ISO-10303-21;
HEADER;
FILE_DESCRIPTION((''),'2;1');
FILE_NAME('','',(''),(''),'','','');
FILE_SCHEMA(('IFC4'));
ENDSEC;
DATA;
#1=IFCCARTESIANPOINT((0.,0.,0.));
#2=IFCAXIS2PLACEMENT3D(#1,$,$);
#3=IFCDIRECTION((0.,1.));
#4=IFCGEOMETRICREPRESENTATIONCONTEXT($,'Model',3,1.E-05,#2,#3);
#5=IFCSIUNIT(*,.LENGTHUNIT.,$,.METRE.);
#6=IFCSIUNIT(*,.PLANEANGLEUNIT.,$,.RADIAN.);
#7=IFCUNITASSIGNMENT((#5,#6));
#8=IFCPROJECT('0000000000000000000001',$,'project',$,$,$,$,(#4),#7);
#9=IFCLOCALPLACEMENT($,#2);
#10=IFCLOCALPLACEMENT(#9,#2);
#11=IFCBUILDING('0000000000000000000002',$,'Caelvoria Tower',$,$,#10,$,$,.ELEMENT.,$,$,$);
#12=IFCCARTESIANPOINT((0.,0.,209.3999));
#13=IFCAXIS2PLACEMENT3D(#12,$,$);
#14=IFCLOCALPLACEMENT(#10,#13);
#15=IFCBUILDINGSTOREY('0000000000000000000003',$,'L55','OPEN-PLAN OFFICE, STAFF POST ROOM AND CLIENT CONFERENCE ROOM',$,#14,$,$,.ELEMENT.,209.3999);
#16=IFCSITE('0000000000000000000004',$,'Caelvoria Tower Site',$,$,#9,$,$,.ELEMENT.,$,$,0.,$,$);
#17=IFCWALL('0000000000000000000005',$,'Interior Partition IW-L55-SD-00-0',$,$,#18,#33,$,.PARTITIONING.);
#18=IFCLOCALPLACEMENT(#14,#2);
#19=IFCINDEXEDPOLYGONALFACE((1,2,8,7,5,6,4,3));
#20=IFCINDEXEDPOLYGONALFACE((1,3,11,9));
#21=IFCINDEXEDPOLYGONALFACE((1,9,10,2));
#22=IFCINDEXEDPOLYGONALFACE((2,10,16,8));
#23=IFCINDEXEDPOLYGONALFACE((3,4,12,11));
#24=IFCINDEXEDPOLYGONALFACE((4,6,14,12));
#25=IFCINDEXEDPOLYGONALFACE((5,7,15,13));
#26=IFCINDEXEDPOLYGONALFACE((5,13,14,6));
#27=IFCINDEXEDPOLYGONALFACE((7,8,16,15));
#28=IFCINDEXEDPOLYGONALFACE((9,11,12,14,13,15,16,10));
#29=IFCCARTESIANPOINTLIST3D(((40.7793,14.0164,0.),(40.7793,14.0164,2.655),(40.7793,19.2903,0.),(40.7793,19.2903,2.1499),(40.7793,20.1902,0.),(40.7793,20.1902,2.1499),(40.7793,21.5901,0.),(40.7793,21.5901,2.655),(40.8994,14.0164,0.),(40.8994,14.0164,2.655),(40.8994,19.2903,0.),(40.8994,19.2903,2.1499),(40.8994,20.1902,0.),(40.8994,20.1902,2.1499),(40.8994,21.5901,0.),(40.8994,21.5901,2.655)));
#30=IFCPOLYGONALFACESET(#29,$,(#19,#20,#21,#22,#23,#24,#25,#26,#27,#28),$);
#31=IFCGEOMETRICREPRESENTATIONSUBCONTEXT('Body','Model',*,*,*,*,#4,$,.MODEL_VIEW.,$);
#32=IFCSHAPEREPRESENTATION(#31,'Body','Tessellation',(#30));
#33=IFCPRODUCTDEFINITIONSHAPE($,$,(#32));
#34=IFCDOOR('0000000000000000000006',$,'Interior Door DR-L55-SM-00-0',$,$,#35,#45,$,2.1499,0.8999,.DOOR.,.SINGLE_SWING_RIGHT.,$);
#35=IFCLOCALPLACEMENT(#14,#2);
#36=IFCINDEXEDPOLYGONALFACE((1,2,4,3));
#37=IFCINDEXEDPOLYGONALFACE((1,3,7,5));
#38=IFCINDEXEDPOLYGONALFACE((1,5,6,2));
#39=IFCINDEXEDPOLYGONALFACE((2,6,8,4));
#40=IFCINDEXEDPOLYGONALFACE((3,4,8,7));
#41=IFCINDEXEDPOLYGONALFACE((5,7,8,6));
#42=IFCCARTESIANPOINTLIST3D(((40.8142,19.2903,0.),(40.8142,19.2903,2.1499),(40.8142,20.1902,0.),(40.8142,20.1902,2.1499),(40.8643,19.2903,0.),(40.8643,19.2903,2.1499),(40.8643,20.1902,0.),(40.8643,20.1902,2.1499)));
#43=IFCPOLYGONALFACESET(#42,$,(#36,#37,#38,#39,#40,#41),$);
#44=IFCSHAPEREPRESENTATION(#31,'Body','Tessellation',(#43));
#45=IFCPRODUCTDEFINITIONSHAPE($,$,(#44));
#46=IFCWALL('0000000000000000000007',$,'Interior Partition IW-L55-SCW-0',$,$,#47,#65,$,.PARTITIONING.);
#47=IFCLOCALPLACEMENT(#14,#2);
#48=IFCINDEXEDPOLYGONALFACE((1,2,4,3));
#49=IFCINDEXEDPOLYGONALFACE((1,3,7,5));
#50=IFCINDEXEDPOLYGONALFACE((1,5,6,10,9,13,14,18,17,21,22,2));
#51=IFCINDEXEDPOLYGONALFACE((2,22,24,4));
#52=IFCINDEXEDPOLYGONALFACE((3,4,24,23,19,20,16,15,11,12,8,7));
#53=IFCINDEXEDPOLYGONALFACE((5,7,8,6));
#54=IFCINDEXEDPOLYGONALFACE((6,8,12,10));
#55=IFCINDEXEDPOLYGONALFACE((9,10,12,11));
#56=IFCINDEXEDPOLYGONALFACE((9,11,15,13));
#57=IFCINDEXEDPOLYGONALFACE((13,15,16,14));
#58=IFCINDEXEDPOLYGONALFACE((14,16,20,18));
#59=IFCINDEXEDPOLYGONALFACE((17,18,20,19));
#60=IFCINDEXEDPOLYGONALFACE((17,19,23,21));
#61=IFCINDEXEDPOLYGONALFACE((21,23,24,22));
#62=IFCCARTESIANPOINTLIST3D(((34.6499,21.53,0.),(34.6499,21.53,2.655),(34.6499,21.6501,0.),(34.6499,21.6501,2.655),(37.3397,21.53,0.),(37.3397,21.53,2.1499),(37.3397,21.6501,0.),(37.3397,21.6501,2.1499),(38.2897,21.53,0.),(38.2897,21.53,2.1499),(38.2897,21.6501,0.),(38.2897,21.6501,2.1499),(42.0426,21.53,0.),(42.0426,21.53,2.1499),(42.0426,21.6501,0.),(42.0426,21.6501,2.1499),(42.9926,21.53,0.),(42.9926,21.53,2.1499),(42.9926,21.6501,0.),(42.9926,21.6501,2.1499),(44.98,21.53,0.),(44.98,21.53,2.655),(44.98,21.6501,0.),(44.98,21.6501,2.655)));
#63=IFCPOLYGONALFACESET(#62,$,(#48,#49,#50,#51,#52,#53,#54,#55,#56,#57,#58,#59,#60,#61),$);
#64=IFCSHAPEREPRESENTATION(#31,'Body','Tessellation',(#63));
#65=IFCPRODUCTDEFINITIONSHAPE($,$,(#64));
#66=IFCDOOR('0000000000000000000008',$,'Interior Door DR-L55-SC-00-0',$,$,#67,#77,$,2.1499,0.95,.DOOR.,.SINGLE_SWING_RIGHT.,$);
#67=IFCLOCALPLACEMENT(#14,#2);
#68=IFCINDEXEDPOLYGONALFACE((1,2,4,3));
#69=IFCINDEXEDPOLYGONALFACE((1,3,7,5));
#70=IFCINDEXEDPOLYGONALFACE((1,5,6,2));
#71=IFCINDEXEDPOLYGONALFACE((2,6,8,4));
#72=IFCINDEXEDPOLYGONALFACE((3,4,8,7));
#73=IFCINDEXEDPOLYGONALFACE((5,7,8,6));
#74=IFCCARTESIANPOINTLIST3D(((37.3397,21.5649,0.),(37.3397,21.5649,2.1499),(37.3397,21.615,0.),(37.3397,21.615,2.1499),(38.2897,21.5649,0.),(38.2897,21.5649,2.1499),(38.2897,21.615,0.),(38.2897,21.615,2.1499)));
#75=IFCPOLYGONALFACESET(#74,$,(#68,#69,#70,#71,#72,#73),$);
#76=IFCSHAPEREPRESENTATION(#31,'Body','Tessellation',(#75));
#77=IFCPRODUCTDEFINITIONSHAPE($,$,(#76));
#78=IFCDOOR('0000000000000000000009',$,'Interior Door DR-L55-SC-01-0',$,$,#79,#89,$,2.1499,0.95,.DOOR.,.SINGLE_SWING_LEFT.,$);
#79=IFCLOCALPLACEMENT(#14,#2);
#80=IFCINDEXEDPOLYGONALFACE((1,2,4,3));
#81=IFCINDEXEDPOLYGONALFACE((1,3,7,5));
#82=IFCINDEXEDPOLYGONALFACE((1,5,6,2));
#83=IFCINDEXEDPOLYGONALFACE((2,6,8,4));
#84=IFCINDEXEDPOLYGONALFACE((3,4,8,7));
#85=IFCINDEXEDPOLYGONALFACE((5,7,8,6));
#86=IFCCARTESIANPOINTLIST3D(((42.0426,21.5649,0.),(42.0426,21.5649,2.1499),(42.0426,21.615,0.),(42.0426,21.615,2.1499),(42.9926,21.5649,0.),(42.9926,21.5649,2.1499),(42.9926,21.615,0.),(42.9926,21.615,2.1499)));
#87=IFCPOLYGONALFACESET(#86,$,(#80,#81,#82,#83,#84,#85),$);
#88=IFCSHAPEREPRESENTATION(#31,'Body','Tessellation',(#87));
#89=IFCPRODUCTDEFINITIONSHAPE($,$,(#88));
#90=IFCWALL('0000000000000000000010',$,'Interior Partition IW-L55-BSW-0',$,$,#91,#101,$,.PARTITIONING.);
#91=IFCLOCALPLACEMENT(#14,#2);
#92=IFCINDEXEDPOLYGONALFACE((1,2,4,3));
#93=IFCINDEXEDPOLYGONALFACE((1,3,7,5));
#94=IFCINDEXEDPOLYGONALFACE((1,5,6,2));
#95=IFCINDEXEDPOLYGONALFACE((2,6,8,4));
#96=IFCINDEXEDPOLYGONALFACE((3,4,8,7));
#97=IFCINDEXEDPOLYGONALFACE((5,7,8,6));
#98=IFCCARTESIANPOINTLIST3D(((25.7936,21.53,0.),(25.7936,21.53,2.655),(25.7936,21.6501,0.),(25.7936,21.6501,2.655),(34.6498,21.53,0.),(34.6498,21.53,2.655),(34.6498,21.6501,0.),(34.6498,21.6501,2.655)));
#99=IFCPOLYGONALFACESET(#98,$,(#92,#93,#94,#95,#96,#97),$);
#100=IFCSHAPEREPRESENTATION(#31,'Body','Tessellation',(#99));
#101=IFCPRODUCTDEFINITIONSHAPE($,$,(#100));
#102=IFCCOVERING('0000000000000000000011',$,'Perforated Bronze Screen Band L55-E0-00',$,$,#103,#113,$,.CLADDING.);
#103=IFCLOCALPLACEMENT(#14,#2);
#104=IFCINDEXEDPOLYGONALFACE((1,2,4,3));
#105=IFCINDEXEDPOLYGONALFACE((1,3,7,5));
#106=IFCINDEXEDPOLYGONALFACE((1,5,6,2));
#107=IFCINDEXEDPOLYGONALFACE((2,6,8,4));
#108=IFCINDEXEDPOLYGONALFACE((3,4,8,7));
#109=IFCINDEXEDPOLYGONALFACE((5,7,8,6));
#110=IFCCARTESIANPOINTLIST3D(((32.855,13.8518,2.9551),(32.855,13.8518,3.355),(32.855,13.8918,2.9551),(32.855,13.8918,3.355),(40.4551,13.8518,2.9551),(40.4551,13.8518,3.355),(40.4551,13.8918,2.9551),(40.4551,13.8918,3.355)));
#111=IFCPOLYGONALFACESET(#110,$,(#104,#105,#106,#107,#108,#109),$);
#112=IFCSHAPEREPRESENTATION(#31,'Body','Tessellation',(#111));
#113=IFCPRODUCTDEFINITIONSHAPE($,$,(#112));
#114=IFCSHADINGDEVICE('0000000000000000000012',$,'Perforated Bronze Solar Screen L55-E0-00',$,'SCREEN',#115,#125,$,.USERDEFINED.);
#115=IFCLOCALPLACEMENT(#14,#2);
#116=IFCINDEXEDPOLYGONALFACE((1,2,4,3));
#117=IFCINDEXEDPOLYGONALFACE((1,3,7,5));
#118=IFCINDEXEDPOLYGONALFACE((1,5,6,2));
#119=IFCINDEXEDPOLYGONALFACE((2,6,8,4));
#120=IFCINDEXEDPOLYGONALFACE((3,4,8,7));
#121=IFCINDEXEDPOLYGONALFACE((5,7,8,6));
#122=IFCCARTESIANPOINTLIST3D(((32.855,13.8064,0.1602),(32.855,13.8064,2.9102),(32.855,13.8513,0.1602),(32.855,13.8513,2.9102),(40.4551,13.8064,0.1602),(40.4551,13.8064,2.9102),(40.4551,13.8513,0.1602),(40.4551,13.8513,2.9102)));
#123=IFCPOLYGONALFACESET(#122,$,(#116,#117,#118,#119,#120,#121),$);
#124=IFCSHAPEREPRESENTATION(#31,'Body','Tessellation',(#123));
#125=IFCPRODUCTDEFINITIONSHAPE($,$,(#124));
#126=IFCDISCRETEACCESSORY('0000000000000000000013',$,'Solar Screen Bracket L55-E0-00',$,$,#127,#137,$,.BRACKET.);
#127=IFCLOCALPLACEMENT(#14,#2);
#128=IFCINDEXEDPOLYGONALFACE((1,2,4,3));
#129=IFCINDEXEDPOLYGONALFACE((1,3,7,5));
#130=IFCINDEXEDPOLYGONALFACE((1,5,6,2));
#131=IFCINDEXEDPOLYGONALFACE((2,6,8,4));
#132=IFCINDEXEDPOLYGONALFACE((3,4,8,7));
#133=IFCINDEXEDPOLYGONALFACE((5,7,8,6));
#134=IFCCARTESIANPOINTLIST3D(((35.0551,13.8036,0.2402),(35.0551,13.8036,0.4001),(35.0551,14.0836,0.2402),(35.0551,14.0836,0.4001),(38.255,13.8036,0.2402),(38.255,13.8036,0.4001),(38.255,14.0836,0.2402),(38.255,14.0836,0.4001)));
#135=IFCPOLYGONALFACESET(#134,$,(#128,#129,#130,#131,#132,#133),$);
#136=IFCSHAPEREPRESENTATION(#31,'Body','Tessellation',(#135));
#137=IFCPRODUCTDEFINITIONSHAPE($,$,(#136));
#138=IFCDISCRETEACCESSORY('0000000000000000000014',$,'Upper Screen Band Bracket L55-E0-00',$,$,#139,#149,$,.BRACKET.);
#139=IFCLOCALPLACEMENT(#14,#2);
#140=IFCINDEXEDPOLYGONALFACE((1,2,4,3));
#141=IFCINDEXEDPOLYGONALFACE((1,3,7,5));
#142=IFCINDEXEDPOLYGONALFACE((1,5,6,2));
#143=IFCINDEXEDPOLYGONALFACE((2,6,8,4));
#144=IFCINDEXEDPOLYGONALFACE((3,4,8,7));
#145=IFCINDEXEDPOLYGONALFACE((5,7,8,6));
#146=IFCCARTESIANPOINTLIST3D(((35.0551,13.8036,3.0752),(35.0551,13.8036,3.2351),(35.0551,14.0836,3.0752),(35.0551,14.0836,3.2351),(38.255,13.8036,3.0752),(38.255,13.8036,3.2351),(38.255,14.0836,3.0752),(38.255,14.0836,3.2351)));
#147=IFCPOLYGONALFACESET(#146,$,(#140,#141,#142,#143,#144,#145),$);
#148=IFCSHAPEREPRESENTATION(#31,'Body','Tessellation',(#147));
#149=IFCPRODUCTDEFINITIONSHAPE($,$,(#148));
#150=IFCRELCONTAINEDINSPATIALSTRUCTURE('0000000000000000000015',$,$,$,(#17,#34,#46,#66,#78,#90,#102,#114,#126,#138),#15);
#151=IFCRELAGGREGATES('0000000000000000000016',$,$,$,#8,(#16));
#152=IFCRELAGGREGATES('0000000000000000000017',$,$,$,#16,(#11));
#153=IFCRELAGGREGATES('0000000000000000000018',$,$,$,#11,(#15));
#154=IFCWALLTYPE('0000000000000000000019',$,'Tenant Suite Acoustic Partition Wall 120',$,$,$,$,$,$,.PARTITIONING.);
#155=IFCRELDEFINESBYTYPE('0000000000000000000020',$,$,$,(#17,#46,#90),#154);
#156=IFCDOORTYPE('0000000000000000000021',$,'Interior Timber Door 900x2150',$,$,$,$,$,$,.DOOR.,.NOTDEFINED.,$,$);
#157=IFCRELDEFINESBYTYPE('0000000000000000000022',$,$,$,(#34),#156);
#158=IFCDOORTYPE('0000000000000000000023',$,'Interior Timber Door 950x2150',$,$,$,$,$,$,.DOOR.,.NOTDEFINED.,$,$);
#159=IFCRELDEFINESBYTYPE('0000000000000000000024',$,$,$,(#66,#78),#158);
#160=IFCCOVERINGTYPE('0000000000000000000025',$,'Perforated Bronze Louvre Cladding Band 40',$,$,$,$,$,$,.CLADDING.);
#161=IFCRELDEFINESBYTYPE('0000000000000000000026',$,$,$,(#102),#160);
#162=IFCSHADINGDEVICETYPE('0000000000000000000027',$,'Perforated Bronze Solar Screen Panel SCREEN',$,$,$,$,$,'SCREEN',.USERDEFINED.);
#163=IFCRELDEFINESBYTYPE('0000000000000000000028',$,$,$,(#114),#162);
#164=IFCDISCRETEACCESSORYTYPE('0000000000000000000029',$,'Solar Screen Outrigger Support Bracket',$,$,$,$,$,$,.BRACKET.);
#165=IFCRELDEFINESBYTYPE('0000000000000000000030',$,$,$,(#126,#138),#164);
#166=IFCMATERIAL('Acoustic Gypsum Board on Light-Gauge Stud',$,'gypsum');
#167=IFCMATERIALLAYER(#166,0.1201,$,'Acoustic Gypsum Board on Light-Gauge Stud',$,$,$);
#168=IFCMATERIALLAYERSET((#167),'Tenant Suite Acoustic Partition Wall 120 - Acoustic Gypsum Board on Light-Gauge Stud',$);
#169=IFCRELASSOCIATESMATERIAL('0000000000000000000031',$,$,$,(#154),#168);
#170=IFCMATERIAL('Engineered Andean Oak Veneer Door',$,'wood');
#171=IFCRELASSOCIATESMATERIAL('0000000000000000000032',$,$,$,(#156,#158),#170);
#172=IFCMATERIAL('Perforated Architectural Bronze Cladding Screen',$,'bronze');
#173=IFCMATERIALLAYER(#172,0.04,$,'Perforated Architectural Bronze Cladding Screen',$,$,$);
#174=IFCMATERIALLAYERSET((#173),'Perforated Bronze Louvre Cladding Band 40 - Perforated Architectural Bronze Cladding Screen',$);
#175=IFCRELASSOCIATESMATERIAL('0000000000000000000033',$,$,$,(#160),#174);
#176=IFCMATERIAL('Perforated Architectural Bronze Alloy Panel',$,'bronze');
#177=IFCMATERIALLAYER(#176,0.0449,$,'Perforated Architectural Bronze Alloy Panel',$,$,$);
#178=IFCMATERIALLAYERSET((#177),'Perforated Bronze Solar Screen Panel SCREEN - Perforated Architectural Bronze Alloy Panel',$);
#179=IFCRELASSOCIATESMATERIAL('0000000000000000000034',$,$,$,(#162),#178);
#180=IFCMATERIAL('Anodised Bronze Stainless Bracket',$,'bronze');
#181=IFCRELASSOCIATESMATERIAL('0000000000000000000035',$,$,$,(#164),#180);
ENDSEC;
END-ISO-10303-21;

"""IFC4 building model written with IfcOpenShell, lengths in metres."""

from ifc_helpers import new_model, si_unit, direction, frame, frame_2d, origin, origin_2d, place, context, subcontext, project, spatial, rectangle, extrude, material, layer, layer_set, type_object, element, fill, save


model = new_model("IFC4")

# Units and contexts
model_context = context("Model", 3, precision=1e-05, world=origin(), true_north=direction((0.0, 1.0)))
body_context = subcontext(model_context, "Body", "Model", "MODEL_VIEW")
ifc_project = project(units=[si_unit("LENGTHUNIT", "METRE"), si_unit("PLANEANGLEUNIT", "RADIAN")], contexts=[model_context])

# Site, building, storey
site_placement = place(None, origin())
site = spatial("IfcSite", under=ifc_project, at=site_placement, Name="Caelvoria Tower Site", CompositionType="ELEMENT", RefElevation=0.0)
building_placement = place(site_placement, origin())
building = spatial("IfcBuilding", under=site, at=building_placement, Name="Caelvoria Tower", CompositionType="ELEMENT")
storey_placement = place(building_placement, frame((0.0, 0.0, 209.3999)))
storey = spatial("IfcBuildingStorey", under=building, at=storey_placement, Name="L55", Description="OPEN-PLAN OFFICE, STAFF POST ROOM AND CLIENT CONFERENCE ROOM", CompositionType="ELEMENT", Elevation=209.3999)

# Wall, opening, door
ifc_material_1 = material(Name="Acoustic Gypsum Board on Light-Gauge Stud", Category="gypsum")
ifc_layer_1 = layer(ifc_material_1, 0.1201, Name="Acoustic Gypsum Board on Light-Gauge Stud")
ifc_layer_set_1 = layer_set([ifc_layer_1], Name="Tenant Suite Acoustic Partition Wall 120 - Acoustic Gypsum Board on Light-Gauge Stud")
wall_type = type_object("IfcWallType", Name="Tenant Suite Acoustic Partition Wall 120", PredefinedType="PARTITIONING", material=ifc_layer_set_1)
wall_1_placement = place(storey_placement, frame((40.8394, 21.5901, 0.0), z_axis=(0.0, 0.0, 1.0), x_axis=(0.0, -1.0, 0.0)))
wall_1 = element("IfcWall", 1, at=wall_1_placement, inside=storey, type_object=wall_type, Name="Interior Partition IW-L55-SD-00-0", PredefinedType="PARTITIONING", context=body_context, shape_type="SweptSolid", body=[
    extrude(rectangle(XDim=7.5737, YDim=0.1201, at=frame_2d((3.7869, 0.0))), origin(), (0.0, 0.0, 1.0), 2.655),
])
opening_1_placement = place(wall_1_placement, frame((1.3999, 0.0, 0.0)))
opening_1 = element("IfcOpeningElement", 2, at=opening_1_placement, cuts=wall_1, PredefinedType="OPENING", context=body_context, shape_type="SweptSolid", body=[
    extrude(rectangle(XDim=0.8999, YDim=2.1499, at=frame_2d((0.45, 1.075))), frame((0.0, 0.0701, 0.0), z_axis=(0.0, -1.0, 0.0), x_axis=(1.0, 0.0, 0.0)), (0.0, 0.0, 1.0), 0.1401),
])
ifc_material_2 = material(Name="Engineered Andean Oak Veneer Door", Category="wood")
door_type_1 = type_object("IfcDoorType", Name="Interior Timber Door 900x2150", OperationType="NOTDEFINED", PredefinedType="DOOR", material=ifc_material_2)
door_1_placement = place(opening_1_placement, origin())
door_1 = element("IfcDoor", 3, at=door_1_placement, inside=storey, type_object=door_type_1, Name="Interior Door DR-L55-SM-00-0", OperationType="SINGLE_SWING_RIGHT", OverallHeight=2.1499, OverallWidth=0.8999, PredefinedType="DOOR", context=body_context, shape_type="SweptSolid", body=[
    extrude(rectangle(XDim=0.8999, YDim=2.1499, at=frame_2d((0.45, 1.075))), frame((0.0, 0.0249, 0.0), z_axis=(0.0, -1.0, 0.0), x_axis=(1.0, 0.0, 0.0)), (0.0, 0.0, 1.0), 0.05),
])
fill(opening_1, door_1)

# Wall, openings, doors
wall_2_placement = place(storey_placement, frame((34.6499, 21.5901, 0.0), z_axis=(0.0, 0.0, 1.0), x_axis=(1.0, 0.0, 0.0)))
wall_2 = element("IfcWall", 4, at=wall_2_placement, inside=storey, type_object=wall_type, Name="Interior Partition IW-L55-SCW-0", PredefinedType="PARTITIONING", context=body_context, shape_type="SweptSolid", body=[
    extrude(rectangle(XDim=10.3301, YDim=0.1201, at=frame_2d((5.165, 0.0))), origin(), (0.0, 0.0, 1.0), 2.655),
])
opening_2_placement = place(wall_2_placement, frame((2.6897, 0.0, 0.0)))
opening_2 = element("IfcOpeningElement", 5, at=opening_2_placement, cuts=wall_2, PredefinedType="OPENING", context=body_context, shape_type="SweptSolid", body=[
    extrude(rectangle(XDim=0.95, YDim=2.1499, at=frame_2d((0.4751, 1.075))), frame((0.0, 0.0701, 0.0), z_axis=(0.0, -1.0, 0.0), x_axis=(1.0, 0.0, 0.0)), (0.0, 0.0, 1.0), 0.1401),
])
opening_3_placement = place(wall_2_placement, frame((7.3926, 0.0, 0.0)))
opening_3 = element("IfcOpeningElement", 6, at=opening_3_placement, cuts=wall_2, PredefinedType="OPENING", context=body_context, shape_type="SweptSolid", body=[
    extrude(rectangle(XDim=0.95, YDim=2.1499, at=frame_2d((0.4751, 1.075))), frame((0.0, 0.0701, 0.0), z_axis=(0.0, -1.0, 0.0), x_axis=(1.0, 0.0, 0.0)), (0.0, 0.0, 1.0), 0.1401),
])
door_type_2 = type_object("IfcDoorType", Name="Interior Timber Door 950x2150", OperationType="NOTDEFINED", PredefinedType="DOOR", material=ifc_material_2)
door_2_placement = place(opening_2_placement, origin())
door_2 = element("IfcDoor", 7, at=door_2_placement, inside=storey, type_object=door_type_2, Name="Interior Door DR-L55-SC-00-0", OperationType="SINGLE_SWING_RIGHT", OverallHeight=2.1499, OverallWidth=0.95, PredefinedType="DOOR", context=body_context, shape_type="SweptSolid", body=[
    extrude(rectangle(XDim=0.95, YDim=2.1499, at=frame_2d((0.4751, 1.075))), frame((0.0, 0.0249, 0.0), z_axis=(0.0, -1.0, 0.0), x_axis=(1.0, 0.0, 0.0)), (0.0, 0.0, 1.0), 0.05),
])
fill(opening_2, door_2)
door_3_placement = place(opening_3_placement, origin())
door_3 = element("IfcDoor", 8, at=door_3_placement, inside=storey, type_object=door_type_2, Name="Interior Door DR-L55-SC-01-0", OperationType="SINGLE_SWING_LEFT", OverallHeight=2.1499, OverallWidth=0.95, PredefinedType="DOOR", context=body_context, shape_type="SweptSolid", body=[
    extrude(rectangle(XDim=0.95, YDim=2.1499, at=frame_2d((0.4751, 1.075))), frame((0.0, 0.0249, 0.0), z_axis=(0.0, -1.0, 0.0), x_axis=(1.0, 0.0, 0.0)), (0.0, 0.0, 1.0), 0.05),
])
fill(opening_3, door_3)

# Wall
wall_3_placement = place(storey_placement, frame((34.6499, 21.5901, 0.0), z_axis=(0.0, 0.0, 1.0), x_axis=(-1.0, 0.0, 0.0)))
element("IfcWall", 9, at=wall_3_placement, inside=storey, type_object=wall_type, Name="Interior Partition IW-L55-BSW-0", PredefinedType="PARTITIONING", context=body_context, shape_type="SweptSolid", body=[
    extrude(rectangle(XDim=8.8562, YDim=0.1201, at=frame_2d((4.4282, 0.0))), origin(), (0.0, 0.0, 1.0), 2.655),
])

# Covering
ifc_material_3 = material(Name="Perforated Architectural Bronze Cladding Screen", Category="bronze")
ifc_layer_2 = layer(ifc_material_3, 0.04, Name="Perforated Architectural Bronze Cladding Screen")
ifc_layer_set_2 = layer_set([ifc_layer_2], Name="Perforated Bronze Louvre Cladding Band 40 - Perforated Architectural Bronze Cladding Screen")
covering_type = type_object("IfcCoveringType", Name="Perforated Bronze Louvre Cladding Band 40", PredefinedType="CLADDING", material=ifc_layer_set_2)
covering_placement = place(storey_placement, frame((36.655, 13.8718, 2.9551), z_axis=(0.0, 0.0, 1.0), x_axis=(1.0, 0.0, 0.0)))
element("IfcCovering", 10, at=covering_placement, inside=storey, type_object=covering_type, Name="Perforated Bronze Screen Band L55-E0-00", PredefinedType="CLADDING", context=body_context, shape_type="SweptSolid", body=[
    extrude(rectangle(XDim=7.6001, YDim=0.04, at=origin_2d()), origin(), (0.0, 0.0, 1.0), 0.3999),
])

# Shading device
ifc_material_4 = material(Name="Perforated Architectural Bronze Alloy Panel", Category="bronze")
ifc_layer_3 = layer(ifc_material_4, 0.0449, Name="Perforated Architectural Bronze Alloy Panel")
ifc_layer_set_3 = layer_set([ifc_layer_3], Name="Perforated Bronze Solar Screen Panel SCREEN - Perforated Architectural Bronze Alloy Panel")
shading_device_type = type_object("IfcShadingDeviceType", Name="Perforated Bronze Solar Screen Panel SCREEN", ElementType="SCREEN", PredefinedType="USERDEFINED", material=ifc_layer_set_3)
shading_device_placement = place(storey_placement, frame((36.655, 13.8289, 0.1602), z_axis=(0.0, 0.0, 1.0), x_axis=(1.0, 0.0, 0.0)))
element("IfcShadingDevice", 11, at=shading_device_placement, inside=storey, type_object=shading_device_type, Name="Perforated Bronze Solar Screen L55-E0-00", ObjectType="SCREEN", PredefinedType="USERDEFINED", context=body_context, shape_type="SweptSolid", body=[
    extrude(rectangle(XDim=7.6001, YDim=0.0449, at=origin_2d()), origin(), (0.0, 0.0, 1.0), 2.75),
])

# Discrete accessories
ifc_material_5 = material(Name="Anodised Bronze Stainless Bracket", Category="bronze")
discrete_accessory_type = type_object("IfcDiscreteAccessoryType", Name="Solar Screen Outrigger Support Bracket", PredefinedType="BRACKET", material=ifc_material_5)
for number, where, z_axis, x_axis, name in (
    (12, (36.655, 13.9436, 0.2402), (0.0, 0.0, 1.0), (1.0, 0.0, 0.0), "Solar Screen Bracket L55-E0-00"),
    (13, (36.655, 13.9436, 3.0752), (0.0, 0.0, 1.0), (1.0, 0.0, 0.0), "Upper Screen Band Bracket L55-E0-00"),
):
    element("IfcDiscreteAccessory", number, at=place(storey_placement, frame(where, z_axis=z_axis, x_axis=x_axis)), inside=storey, type_object=discrete_accessory_type, Name=name, PredefinedType="BRACKET", context=body_context, shape_type="SweptSolid", body=[
        extrude(rectangle(XDim=3.2, YDim=0.28, at=origin_2d()), origin(), (0.0, 0.0, 1.0), 0.1599),
    ])

save(model, "model.ifc")
